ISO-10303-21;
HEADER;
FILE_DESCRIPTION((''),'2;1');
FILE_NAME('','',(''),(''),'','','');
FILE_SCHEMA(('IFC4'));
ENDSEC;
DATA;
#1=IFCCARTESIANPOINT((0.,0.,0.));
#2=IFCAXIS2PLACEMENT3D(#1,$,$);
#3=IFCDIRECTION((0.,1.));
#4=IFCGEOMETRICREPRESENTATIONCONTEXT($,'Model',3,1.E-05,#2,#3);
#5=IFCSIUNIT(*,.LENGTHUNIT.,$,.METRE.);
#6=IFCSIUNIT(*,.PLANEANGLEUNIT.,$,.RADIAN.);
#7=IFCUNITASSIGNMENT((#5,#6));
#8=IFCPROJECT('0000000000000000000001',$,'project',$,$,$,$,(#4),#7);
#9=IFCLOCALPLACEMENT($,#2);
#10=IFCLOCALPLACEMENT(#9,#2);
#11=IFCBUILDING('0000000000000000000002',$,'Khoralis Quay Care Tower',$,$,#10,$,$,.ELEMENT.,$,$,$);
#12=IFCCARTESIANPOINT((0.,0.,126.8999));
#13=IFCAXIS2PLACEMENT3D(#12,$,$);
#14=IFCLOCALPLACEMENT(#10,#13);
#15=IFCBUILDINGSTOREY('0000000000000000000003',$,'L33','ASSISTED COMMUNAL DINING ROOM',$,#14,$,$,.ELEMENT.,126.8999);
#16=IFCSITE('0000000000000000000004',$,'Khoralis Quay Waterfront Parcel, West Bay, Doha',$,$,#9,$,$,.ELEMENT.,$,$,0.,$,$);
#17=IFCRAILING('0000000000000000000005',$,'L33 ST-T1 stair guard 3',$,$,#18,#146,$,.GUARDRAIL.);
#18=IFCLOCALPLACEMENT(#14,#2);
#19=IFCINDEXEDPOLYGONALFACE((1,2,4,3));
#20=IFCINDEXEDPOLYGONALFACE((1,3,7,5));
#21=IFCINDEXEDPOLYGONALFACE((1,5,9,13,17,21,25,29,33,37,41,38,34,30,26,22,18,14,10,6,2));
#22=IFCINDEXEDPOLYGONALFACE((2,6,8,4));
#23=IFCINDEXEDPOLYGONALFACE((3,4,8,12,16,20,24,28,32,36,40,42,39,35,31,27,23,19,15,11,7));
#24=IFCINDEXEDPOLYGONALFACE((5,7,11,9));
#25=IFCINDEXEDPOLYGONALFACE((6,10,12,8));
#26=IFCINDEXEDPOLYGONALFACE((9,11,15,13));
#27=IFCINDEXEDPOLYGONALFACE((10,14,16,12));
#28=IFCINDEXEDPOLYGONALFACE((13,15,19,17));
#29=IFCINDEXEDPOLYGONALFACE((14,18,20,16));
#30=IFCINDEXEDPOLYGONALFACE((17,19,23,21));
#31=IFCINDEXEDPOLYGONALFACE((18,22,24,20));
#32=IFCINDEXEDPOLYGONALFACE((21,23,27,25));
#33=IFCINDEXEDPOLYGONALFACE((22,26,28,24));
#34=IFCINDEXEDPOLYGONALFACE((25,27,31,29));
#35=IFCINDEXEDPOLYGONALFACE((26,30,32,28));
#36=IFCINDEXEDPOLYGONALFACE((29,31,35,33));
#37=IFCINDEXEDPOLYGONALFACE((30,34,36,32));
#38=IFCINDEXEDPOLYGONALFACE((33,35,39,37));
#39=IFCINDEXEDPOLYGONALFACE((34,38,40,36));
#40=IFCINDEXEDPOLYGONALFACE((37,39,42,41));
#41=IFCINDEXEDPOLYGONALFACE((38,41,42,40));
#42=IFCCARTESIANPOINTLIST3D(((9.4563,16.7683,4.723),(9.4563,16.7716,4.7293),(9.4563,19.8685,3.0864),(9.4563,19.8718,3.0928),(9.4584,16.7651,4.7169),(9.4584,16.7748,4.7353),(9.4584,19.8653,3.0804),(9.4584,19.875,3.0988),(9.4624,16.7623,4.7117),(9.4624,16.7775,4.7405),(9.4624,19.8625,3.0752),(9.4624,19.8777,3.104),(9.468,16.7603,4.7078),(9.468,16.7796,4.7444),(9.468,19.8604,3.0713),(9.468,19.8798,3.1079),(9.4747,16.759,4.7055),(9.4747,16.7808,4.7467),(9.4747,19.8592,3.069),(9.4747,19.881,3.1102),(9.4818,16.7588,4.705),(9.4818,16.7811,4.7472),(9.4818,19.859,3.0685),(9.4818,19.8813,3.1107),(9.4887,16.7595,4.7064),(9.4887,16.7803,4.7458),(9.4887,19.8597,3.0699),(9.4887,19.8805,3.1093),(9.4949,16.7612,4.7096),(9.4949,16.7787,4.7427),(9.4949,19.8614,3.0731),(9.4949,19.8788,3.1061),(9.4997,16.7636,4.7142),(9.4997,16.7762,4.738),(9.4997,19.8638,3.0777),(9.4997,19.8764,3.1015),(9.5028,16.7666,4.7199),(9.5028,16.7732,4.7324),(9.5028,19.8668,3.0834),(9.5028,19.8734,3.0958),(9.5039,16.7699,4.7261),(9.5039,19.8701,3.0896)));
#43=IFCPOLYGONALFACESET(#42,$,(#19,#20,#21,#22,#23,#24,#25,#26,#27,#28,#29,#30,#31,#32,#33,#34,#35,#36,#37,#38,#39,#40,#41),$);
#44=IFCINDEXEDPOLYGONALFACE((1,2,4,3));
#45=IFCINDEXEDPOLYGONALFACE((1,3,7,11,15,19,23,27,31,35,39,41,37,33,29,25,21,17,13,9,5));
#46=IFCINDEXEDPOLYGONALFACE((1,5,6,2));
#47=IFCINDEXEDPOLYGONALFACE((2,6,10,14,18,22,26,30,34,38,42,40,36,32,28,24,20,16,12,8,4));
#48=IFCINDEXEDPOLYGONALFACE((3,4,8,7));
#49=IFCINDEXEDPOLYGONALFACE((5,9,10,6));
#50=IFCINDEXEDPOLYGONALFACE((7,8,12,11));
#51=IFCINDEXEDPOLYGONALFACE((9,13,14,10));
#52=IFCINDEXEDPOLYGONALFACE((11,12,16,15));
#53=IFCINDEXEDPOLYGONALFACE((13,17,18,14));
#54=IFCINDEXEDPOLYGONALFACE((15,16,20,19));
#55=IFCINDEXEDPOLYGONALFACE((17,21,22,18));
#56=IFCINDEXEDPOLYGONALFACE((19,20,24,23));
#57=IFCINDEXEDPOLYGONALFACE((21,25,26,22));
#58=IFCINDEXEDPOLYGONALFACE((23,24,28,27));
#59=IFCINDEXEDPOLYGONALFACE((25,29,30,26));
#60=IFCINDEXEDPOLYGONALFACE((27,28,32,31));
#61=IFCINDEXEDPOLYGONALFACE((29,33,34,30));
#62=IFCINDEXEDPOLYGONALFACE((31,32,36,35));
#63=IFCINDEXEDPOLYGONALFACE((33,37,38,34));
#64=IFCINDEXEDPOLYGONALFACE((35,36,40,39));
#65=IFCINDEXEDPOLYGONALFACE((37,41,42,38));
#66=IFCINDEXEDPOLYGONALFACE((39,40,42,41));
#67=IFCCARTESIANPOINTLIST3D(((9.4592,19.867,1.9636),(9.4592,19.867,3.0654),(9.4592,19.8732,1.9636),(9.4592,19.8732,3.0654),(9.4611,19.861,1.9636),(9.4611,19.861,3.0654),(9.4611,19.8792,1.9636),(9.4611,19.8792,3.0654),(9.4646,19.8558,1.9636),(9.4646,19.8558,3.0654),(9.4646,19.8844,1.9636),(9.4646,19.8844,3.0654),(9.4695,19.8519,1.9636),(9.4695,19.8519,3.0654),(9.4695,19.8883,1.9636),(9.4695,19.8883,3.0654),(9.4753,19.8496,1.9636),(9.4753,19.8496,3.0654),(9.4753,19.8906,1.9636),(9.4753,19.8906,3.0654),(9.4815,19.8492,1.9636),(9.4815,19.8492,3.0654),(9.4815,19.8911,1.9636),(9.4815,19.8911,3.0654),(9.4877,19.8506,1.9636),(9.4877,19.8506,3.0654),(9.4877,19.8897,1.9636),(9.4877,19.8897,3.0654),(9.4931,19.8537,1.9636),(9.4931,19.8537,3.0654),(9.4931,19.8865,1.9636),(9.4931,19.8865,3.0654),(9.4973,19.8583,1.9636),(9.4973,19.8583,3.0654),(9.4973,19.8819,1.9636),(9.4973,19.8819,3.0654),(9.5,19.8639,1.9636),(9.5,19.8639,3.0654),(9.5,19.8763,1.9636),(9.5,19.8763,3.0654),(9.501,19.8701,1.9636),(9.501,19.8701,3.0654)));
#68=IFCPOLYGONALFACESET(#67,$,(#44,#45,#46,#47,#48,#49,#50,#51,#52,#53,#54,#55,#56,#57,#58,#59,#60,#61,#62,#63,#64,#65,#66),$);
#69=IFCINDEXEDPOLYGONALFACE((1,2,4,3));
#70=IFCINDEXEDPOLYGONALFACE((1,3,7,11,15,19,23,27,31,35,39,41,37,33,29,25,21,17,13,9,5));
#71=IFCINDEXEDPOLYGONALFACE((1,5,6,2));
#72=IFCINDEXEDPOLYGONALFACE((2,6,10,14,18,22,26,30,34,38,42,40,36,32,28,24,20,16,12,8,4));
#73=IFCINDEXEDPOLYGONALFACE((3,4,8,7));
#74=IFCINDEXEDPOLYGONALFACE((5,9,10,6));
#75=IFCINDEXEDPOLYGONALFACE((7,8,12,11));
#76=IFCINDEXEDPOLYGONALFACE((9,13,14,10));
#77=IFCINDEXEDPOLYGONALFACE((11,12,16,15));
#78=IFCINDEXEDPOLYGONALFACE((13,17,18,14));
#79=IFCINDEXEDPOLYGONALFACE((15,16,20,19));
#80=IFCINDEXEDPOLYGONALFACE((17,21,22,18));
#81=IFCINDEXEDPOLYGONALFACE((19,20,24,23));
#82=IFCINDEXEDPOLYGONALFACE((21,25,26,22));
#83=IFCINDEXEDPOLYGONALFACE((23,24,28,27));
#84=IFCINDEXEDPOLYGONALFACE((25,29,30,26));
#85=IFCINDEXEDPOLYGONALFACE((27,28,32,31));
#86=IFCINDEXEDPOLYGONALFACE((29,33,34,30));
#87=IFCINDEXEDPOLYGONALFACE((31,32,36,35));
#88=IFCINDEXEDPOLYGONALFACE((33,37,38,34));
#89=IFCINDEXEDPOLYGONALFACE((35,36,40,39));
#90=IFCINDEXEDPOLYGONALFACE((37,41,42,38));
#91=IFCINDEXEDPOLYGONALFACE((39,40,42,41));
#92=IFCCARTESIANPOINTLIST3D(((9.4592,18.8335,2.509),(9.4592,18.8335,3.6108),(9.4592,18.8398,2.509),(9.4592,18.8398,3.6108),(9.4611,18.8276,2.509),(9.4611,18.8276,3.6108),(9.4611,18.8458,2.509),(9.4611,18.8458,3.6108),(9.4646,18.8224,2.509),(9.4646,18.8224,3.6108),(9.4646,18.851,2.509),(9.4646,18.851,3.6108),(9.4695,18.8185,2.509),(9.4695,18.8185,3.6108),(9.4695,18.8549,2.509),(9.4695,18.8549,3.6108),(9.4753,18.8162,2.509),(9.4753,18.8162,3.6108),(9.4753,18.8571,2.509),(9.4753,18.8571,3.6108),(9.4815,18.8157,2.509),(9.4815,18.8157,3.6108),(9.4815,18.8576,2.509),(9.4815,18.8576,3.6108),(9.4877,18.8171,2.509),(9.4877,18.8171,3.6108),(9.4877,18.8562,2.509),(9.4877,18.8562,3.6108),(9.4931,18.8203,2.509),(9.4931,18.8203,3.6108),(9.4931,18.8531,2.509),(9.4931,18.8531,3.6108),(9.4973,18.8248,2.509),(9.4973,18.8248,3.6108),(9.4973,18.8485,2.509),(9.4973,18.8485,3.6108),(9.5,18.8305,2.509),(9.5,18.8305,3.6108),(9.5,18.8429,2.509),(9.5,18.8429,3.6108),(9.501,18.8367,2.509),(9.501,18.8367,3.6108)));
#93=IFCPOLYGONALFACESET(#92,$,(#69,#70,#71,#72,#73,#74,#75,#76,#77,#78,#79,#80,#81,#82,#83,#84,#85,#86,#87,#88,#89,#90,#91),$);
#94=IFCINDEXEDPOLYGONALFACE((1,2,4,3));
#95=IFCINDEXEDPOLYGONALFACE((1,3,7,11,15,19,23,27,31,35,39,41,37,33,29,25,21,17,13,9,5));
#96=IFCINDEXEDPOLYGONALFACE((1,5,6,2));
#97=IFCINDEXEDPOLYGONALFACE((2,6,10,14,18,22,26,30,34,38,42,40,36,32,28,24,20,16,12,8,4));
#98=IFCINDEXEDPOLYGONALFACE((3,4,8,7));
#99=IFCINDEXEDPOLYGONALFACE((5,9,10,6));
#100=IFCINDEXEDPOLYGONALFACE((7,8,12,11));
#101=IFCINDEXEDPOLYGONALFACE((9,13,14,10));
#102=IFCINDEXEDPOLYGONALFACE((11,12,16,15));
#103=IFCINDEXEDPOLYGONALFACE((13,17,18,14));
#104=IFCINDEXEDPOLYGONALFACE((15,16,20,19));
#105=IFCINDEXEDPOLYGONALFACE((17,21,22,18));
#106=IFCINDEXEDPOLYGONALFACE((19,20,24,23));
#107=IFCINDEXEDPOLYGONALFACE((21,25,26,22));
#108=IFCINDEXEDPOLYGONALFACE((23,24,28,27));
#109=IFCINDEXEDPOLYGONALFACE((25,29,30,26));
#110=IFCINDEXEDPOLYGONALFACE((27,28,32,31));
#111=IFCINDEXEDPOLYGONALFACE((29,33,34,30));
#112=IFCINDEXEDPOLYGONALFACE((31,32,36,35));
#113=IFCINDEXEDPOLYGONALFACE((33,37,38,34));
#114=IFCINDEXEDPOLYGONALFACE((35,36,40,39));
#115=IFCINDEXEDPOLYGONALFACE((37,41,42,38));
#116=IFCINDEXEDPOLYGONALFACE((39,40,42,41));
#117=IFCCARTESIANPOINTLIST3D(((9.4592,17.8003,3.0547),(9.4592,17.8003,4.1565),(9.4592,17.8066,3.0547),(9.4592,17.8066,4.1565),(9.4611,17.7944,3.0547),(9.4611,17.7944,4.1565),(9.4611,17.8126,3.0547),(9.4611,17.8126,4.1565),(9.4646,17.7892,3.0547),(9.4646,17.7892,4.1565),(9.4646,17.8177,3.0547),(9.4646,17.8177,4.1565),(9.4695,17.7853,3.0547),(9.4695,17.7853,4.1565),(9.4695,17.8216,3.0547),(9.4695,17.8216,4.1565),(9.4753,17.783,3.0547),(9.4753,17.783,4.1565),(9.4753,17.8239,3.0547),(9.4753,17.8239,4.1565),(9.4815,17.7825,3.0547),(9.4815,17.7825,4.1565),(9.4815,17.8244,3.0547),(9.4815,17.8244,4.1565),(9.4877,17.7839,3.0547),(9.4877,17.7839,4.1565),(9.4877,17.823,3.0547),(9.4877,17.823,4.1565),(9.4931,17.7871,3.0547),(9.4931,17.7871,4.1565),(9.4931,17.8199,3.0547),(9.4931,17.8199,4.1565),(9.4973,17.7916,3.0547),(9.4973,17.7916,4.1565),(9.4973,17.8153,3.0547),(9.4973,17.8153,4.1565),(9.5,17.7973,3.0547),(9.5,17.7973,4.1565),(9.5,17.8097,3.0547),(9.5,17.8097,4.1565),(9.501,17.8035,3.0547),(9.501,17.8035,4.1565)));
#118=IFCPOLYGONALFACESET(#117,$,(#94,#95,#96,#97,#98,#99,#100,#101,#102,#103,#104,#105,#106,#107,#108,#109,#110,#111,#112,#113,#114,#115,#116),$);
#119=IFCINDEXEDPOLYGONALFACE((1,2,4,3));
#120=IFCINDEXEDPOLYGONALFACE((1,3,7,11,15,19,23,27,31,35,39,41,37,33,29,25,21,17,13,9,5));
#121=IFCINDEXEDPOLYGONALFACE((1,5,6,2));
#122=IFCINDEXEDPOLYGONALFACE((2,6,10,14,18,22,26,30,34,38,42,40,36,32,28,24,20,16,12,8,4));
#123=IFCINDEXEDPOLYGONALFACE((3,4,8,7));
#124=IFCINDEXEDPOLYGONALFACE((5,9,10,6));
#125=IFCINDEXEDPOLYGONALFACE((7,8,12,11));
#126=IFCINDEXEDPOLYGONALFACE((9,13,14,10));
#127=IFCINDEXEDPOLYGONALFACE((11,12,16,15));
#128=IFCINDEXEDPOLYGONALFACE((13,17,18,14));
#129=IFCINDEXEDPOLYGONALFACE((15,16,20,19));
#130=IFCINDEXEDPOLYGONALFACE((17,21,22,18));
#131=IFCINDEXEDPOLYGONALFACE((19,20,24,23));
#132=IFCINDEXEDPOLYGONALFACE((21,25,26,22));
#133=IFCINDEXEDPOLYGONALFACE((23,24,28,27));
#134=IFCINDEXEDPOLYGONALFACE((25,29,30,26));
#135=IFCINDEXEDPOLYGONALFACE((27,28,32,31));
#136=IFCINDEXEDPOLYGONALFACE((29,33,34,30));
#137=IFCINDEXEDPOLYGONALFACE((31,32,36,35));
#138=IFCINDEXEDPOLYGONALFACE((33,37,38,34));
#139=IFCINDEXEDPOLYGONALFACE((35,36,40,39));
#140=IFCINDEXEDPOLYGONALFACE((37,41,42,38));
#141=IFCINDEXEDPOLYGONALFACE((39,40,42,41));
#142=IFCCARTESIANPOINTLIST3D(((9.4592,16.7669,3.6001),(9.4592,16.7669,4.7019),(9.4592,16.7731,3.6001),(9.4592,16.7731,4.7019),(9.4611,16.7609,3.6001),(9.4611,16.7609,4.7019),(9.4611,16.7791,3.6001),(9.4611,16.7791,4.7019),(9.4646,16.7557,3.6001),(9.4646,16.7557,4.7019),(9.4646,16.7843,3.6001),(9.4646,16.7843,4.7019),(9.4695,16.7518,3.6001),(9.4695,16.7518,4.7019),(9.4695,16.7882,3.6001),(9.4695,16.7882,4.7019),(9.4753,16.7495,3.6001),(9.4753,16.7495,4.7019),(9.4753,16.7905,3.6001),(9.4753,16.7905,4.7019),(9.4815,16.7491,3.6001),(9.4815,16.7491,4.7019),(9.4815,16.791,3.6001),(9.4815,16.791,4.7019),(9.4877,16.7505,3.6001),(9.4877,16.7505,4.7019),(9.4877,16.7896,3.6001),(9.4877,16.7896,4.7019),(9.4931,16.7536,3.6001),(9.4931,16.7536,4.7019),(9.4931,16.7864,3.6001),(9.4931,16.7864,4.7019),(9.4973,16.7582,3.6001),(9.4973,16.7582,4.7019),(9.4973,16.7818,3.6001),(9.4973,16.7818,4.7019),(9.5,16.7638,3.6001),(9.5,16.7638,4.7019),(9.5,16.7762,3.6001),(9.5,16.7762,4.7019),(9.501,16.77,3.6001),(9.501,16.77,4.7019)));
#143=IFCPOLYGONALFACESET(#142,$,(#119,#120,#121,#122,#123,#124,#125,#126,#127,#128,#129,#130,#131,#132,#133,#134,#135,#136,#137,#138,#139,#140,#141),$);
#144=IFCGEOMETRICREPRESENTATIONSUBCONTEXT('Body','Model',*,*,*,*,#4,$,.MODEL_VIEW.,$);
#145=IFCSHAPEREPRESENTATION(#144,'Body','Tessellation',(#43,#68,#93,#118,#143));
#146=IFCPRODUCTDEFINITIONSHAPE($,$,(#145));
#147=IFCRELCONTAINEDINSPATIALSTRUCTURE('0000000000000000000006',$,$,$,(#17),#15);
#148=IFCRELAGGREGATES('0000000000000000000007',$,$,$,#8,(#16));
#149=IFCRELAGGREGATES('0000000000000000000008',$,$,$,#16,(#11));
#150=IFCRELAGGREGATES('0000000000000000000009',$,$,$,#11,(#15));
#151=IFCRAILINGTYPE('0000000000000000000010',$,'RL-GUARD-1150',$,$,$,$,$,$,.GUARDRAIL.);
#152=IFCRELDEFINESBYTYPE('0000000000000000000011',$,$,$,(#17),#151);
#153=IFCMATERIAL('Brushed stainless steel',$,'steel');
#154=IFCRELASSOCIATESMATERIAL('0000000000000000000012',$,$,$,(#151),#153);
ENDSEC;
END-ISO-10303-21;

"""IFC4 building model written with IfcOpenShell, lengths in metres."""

from ifc_helpers import new_model, si_unit, direction, frame, origin, origin_2d, place, context, subcontext, project, spatial, circle, extrude, material, type_object, element, save


model = new_model("IFC4")

# Units and contexts
model_context = context("Model", 3, precision=1e-05, world=origin(), true_north=direction((0.0, 1.0)))
body_context = subcontext(model_context, "Body", "Model", "MODEL_VIEW")
ifc_project = project(units=[si_unit("LENGTHUNIT", "METRE"), si_unit("PLANEANGLEUNIT", "RADIAN")], contexts=[model_context])

# Site, building, storey
site_placement = place(None, origin())
site = spatial("IfcSite", under=ifc_project, at=site_placement, Name="Khoralis Quay Waterfront Parcel, West Bay, Doha", CompositionType="ELEMENT", RefElevation=0.0)
building_placement = place(site_placement, origin())
building = spatial("IfcBuilding", under=site, at=building_placement, Name="Khoralis Quay Care Tower", CompositionType="ELEMENT")
storey_placement = place(building_placement, frame((0.0, 0.0, 126.8999)))
storey = spatial("IfcBuildingStorey", under=building, at=storey_placement, Name="L33", Description="ASSISTED COMMUNAL DINING ROOM", CompositionType="ELEMENT", Elevation=126.8999)

# Shared definitions
ifc_material_1 = material(Name="Brushed stainless steel", Category="steel")

# Railing
railing_type_1 = type_object("IfcRailingType", Name="RL-GUARD-1150", PredefinedType="GUARDRAIL", material=ifc_material_1)
railing_1_placement = place(storey_placement, frame((9.48, 19.8701, 1.9636)))
element("IfcRailing", 1, at=railing_1_placement, inside=storey, type_object=railing_type_1, Name="L33 ST-T1 stair guard 3", PredefinedType="GUARDRAIL", context=body_context, shape_type="SweptSolid", body=[
    extrude(circle(Radius=0.0239, at=origin_2d()), frame((0.0, 0.0, 1.126), z_axis=(0.0, -0.884348, 0.466828), x_axis=(1.0, 0.0, 0.0)), (0.0, 0.0, 1.0), 3.5056),
    extrude(circle(Radius=0.021, at=origin_2d()), origin(), (0.0, 0.0, 1.0), 1.1018),
    extrude(circle(Radius=0.021, at=origin_2d()), frame((0.0, -1.0334, 0.5454)), (0.0, 0.0, 1.0), 1.1018),
    extrude(circle(Radius=0.021, at=origin_2d()), frame((0.0, -2.0667, 1.0911)), (0.0, 0.0, 1.0), 1.1018),
    extrude(circle(Radius=0.021, at=origin_2d()), frame((0.0, -3.1001, 1.6365)), (0.0, 0.0, 1.0), 1.1018),
])

save(model, "model.ifc")
